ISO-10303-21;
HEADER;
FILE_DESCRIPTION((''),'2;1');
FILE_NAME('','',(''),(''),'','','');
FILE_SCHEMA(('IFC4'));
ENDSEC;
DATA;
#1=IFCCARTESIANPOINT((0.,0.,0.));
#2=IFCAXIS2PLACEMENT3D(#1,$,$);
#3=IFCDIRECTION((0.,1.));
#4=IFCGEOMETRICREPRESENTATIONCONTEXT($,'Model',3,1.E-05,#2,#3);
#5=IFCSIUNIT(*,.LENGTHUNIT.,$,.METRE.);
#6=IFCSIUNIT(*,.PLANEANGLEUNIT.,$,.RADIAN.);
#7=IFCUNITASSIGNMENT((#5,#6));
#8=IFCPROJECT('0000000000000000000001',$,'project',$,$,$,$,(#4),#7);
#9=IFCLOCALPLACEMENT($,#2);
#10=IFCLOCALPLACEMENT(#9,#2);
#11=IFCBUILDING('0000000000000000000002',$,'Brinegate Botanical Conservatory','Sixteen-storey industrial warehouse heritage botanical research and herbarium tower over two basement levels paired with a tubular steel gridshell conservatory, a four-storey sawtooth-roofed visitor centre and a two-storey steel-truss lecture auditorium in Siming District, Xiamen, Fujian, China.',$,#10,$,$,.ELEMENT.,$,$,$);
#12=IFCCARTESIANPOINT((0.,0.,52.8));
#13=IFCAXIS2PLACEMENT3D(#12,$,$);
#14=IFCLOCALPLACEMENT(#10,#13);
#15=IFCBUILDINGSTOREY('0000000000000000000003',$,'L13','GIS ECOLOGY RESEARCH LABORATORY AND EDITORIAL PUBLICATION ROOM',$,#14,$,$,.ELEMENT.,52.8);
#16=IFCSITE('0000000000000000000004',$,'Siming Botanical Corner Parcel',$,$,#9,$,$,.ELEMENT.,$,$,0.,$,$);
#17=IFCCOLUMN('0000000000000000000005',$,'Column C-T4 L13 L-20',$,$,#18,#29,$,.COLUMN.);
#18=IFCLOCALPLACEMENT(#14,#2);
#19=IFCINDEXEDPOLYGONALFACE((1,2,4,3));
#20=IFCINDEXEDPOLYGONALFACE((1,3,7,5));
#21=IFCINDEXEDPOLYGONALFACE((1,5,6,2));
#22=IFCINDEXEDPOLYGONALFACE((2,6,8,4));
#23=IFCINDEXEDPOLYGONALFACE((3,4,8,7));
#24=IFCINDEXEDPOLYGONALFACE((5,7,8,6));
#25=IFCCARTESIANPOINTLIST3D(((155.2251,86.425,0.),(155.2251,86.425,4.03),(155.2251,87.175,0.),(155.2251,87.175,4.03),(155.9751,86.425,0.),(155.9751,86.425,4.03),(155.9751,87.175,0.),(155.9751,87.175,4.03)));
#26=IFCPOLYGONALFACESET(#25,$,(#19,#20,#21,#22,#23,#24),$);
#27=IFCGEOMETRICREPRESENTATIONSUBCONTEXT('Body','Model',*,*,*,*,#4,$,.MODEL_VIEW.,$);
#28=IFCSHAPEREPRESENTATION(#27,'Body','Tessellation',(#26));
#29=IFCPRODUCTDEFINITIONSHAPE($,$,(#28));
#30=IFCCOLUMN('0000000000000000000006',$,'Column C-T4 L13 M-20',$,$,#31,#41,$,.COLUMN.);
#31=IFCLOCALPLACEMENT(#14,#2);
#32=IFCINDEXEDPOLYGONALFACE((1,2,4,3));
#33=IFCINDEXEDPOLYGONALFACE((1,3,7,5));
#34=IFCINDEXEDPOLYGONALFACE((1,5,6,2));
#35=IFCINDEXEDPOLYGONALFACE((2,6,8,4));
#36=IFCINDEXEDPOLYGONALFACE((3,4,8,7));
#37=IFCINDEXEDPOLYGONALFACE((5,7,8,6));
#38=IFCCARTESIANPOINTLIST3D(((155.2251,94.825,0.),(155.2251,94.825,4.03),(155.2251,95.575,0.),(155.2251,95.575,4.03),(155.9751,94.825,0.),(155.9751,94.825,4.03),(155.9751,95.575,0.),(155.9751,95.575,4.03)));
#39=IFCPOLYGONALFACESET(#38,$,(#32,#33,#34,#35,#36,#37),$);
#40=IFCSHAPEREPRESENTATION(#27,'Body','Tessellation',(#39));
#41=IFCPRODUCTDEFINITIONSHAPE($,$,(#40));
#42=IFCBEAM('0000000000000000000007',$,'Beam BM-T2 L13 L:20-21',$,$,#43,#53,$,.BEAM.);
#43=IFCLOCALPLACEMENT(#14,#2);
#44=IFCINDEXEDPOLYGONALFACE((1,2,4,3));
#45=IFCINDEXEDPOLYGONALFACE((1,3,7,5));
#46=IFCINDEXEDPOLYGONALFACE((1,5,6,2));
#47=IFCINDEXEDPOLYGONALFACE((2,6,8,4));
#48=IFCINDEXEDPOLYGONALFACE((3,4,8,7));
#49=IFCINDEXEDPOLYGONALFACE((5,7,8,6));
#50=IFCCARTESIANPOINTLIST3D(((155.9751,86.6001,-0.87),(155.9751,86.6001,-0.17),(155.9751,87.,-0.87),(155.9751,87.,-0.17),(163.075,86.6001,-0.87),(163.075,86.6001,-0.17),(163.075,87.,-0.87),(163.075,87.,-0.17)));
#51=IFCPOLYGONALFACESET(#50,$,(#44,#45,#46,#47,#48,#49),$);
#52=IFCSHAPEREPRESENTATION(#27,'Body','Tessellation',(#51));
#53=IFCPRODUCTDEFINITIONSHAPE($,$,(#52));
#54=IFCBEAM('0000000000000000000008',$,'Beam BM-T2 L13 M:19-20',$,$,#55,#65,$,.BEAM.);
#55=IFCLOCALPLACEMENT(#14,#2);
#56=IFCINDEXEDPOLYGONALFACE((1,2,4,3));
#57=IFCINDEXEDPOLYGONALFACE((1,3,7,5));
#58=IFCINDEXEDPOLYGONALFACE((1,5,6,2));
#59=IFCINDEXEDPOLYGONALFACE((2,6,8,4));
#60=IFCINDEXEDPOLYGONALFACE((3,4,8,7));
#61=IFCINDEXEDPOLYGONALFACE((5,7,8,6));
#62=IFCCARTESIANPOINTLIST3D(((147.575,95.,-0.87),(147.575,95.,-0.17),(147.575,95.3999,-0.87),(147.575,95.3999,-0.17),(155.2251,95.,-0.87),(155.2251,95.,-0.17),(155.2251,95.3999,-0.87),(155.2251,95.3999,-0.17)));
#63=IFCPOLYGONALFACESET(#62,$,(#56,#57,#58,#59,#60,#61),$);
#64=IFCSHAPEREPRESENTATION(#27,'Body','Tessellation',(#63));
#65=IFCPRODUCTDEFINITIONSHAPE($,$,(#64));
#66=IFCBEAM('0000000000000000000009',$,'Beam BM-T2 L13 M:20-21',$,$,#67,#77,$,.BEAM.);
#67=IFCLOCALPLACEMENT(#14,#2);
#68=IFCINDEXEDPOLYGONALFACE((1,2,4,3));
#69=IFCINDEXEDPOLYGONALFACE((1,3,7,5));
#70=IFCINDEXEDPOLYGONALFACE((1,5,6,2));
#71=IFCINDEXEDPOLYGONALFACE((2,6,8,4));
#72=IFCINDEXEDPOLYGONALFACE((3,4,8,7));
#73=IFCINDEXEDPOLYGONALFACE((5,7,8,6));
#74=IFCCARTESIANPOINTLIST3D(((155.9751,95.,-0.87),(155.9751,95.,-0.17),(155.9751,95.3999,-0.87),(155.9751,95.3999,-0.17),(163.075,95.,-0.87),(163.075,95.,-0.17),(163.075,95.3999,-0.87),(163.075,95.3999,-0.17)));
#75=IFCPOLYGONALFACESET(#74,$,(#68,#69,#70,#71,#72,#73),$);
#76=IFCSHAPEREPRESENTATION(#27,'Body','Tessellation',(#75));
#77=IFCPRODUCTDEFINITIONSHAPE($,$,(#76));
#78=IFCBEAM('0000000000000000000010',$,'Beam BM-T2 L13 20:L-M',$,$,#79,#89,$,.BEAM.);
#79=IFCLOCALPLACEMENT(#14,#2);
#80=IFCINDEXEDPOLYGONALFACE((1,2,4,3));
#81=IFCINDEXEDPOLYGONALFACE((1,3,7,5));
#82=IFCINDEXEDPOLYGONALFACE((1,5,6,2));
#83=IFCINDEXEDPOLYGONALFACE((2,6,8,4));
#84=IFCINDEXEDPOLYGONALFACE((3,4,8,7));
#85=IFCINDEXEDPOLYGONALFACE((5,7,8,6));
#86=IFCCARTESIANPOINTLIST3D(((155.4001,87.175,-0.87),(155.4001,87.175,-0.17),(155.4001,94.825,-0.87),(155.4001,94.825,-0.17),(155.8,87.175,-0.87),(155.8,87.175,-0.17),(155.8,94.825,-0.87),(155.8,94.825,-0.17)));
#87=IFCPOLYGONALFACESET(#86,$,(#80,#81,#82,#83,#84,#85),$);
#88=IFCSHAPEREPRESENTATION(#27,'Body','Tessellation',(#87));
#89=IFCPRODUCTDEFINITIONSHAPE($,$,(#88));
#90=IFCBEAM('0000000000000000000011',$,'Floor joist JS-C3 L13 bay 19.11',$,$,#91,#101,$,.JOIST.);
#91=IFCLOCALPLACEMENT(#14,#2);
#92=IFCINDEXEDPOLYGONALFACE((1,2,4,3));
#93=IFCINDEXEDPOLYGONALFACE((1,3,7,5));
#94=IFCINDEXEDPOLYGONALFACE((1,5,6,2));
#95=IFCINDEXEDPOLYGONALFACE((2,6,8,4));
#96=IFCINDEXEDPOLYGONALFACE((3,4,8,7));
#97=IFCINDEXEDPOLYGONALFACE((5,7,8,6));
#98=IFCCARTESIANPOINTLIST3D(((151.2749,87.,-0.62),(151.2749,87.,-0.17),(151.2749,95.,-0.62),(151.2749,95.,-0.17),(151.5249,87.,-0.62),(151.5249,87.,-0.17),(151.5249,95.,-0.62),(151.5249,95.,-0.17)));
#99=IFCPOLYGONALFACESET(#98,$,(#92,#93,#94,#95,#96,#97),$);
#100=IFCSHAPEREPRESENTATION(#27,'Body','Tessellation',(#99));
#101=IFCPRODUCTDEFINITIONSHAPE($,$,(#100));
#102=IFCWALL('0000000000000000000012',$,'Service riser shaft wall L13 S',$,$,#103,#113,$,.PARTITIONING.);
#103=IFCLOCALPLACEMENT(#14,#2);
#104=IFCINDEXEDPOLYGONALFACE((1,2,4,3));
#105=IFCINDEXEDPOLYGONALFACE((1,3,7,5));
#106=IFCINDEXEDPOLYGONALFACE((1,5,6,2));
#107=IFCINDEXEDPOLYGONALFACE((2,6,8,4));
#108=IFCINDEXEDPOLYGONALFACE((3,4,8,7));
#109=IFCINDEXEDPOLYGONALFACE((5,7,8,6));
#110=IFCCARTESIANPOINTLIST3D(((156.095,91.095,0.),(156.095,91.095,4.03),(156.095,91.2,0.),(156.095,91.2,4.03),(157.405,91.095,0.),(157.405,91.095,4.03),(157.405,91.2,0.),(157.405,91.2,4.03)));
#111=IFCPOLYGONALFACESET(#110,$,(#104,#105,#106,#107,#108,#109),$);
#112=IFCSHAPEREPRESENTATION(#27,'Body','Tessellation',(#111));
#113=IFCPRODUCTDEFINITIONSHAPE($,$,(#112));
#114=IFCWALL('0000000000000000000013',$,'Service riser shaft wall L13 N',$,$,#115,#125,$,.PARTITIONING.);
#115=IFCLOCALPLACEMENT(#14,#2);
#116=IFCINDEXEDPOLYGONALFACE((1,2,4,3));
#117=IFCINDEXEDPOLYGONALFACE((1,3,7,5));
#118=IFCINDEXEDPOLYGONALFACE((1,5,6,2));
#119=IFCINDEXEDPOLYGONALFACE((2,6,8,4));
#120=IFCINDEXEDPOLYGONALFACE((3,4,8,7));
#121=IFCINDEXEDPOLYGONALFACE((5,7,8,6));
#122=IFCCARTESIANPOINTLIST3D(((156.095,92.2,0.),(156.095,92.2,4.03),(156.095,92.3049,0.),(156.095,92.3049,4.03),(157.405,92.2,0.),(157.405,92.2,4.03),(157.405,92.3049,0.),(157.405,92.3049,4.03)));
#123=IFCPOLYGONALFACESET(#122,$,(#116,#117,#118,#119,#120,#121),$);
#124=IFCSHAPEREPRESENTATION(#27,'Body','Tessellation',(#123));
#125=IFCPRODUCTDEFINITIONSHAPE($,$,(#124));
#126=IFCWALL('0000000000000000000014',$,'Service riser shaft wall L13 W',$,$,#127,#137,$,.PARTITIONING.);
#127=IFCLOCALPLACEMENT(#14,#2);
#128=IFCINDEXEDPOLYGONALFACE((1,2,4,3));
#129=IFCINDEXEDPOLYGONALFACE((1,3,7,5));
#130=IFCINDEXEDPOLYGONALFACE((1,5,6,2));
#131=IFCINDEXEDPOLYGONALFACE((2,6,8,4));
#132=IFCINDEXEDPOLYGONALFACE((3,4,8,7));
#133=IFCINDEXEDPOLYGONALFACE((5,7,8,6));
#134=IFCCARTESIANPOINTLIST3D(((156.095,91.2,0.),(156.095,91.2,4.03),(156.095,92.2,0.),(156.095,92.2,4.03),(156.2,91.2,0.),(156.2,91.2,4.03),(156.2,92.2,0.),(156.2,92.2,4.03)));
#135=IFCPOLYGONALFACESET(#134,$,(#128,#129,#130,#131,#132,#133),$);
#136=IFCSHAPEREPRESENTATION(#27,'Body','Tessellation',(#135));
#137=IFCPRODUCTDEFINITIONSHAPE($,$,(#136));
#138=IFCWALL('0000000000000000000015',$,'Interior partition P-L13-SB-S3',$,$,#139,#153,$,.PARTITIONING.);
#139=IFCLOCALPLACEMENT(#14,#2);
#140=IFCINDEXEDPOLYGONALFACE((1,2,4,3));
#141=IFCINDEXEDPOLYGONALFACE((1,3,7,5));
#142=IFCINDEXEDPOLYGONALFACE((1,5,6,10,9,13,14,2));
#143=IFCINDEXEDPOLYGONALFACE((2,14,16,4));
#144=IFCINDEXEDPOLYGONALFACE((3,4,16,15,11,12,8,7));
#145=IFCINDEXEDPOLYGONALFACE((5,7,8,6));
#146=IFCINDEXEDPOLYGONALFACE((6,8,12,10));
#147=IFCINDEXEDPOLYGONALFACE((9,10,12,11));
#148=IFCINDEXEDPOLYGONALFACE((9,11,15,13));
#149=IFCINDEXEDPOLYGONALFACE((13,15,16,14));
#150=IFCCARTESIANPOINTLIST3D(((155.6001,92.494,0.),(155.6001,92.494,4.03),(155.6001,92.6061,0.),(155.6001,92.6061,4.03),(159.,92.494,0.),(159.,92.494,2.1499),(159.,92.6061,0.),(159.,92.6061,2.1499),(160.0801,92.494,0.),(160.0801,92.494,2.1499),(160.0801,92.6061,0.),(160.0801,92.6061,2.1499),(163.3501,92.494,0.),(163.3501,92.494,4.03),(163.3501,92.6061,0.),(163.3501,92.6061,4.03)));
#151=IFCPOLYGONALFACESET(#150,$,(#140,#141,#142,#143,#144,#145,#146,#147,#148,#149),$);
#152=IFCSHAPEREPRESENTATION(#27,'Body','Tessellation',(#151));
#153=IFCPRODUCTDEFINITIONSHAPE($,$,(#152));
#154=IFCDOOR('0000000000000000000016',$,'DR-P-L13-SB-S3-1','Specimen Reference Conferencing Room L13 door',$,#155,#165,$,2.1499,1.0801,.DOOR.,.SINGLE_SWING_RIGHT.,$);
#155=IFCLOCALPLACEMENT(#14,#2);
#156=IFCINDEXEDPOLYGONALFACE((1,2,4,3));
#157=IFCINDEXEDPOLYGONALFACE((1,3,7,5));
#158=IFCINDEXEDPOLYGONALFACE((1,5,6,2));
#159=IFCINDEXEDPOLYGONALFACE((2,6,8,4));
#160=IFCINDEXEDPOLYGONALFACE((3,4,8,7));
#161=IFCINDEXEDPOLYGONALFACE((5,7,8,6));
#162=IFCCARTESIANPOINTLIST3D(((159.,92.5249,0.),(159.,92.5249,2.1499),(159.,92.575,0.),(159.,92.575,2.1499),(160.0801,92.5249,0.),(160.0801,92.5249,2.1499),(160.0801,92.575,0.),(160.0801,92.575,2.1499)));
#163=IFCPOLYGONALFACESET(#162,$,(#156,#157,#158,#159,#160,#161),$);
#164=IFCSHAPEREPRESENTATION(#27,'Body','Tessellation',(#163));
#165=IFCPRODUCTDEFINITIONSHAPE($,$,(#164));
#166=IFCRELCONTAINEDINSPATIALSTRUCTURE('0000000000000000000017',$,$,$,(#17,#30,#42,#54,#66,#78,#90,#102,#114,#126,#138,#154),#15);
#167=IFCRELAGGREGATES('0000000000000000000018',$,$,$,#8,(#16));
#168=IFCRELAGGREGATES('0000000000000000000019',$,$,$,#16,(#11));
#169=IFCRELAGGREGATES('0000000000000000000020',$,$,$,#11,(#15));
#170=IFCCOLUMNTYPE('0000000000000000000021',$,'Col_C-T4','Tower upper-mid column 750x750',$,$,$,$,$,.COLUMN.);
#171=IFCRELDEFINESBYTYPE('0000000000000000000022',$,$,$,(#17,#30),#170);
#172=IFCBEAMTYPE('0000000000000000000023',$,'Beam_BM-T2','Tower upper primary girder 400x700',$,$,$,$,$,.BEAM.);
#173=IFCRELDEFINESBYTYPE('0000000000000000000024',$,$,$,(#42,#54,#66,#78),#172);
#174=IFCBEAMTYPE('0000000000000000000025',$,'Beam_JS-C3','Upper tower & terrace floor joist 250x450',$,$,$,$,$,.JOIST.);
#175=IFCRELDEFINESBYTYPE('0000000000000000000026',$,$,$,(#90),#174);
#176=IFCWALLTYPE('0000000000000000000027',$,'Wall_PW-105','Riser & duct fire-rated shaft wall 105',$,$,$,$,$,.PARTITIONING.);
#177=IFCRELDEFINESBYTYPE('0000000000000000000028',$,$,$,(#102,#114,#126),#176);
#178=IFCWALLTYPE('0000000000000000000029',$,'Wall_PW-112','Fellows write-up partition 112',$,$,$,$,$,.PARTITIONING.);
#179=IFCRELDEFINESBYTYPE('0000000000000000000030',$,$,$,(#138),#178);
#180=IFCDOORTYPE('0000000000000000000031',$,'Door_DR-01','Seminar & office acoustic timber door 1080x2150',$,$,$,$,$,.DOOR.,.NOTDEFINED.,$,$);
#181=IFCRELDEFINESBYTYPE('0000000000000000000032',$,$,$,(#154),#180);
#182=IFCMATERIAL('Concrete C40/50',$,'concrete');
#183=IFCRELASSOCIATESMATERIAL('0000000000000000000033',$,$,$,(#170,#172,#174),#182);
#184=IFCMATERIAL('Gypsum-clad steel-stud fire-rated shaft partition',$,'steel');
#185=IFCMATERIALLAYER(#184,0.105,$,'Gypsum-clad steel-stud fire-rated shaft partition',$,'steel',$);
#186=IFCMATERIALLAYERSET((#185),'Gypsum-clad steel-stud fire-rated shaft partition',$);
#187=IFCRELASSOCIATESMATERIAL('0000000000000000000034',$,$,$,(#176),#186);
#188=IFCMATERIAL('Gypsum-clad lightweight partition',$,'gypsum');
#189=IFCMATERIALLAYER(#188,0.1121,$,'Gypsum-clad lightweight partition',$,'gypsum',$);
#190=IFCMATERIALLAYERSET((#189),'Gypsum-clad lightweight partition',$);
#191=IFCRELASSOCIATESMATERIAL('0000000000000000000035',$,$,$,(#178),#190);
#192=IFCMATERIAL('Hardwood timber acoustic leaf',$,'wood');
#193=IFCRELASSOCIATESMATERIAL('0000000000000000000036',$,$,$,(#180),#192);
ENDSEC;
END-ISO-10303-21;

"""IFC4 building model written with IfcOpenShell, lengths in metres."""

from ifc_helpers import new_model, si_unit, direction, frame, frame_2d, origin, origin_2d, place, context, subcontext, project, spatial, rectangle, extrude, material, layer, layer_set, material_profile, profile_set, type_object, element, fill, save


model = new_model("IFC4")

# Units and contexts
model_context = context("Model", 3, precision=1e-05, world=origin(), true_north=direction((0.0, 1.0)))
body_context = subcontext(model_context, "Body", "Model", "MODEL_VIEW")
ifc_project = project(units=[si_unit("LENGTHUNIT", "METRE"), si_unit("PLANEANGLEUNIT", "RADIAN")], contexts=[model_context])

# Site, building, storey
site_placement = place(None, origin())
site = spatial("IfcSite", under=ifc_project, at=site_placement, Name="Siming Botanical Corner Parcel", CompositionType="ELEMENT", RefElevation=0.0)
building_placement = place(site_placement, origin())
building = spatial("IfcBuilding", under=site, at=building_placement, Name="Brinegate Botanical Conservatory", Description="Sixteen-storey industrial warehouse heritage botanical research and herbarium tower over two basement levels paired with a tubular steel gridshell conservatory, a four-storey sawtooth-roofed visitor centre and a two-storey steel-truss lecture auditorium in Siming District, Xiamen, Fujian, China.", CompositionType="ELEMENT")
storey_placement = place(building_placement, frame((0.0, 0.0, 52.8)))
storey = spatial("IfcBuildingStorey", under=building, at=storey_placement, Name="L13", Description="GIS ECOLOGY RESEARCH LABORATORY AND EDITORIAL PUBLICATION ROOM", CompositionType="ELEMENT", Elevation=52.8)

# Columns
ifc_material_1 = material(Name="Concrete C40/50", Category="concrete")
ifc_material_profile_1 = material_profile(ifc_material_1, rectangle(XDim=0.75, YDim=0.75, at=origin_2d()), Name="RC COL 750x750")
ifc_profile_set_1 = profile_set([ifc_material_profile_1], Name="Concrete C40/50")
column_type = type_object("IfcColumnType", Name="Col_C-T4", Description="Tower upper-mid column 750x750", PredefinedType="COLUMN", material=ifc_profile_set_1)
for number, where, z_axis, x_axis, name in (
    (1, (155.6001, 86.8, 0.0), (0.0, 0.0, 1.0), (1.0, 0.0, 0.0), "Column C-T4 L13 L-20"),
    (2, (155.6001, 95.2, 0.0), (0.0, 0.0, 1.0), (1.0, 0.0, 0.0), "Column C-T4 L13 M-20"),
):
    element("IfcColumn", number, at=place(storey_placement, frame(where, z_axis=z_axis, x_axis=x_axis)), inside=storey, type_object=column_type, Name=name, PredefinedType="COLUMN", context=body_context, shape_type="SweptSolid", body=[
        extrude(rectangle(XDim=0.75, YDim=0.75, at=origin_2d()), origin(), (0.0, 0.0, 1.0), 4.03),
    ])

# Beams
ifc_material_profile_2 = material_profile(ifc_material_1, rectangle(XDim=0.3999, YDim=0.7, at=origin_2d()), Name="RC BM 400x700")
ifc_profile_set_2 = profile_set([ifc_material_profile_2], Name="Concrete C40/50")
beam_type_1 = type_object("IfcBeamType", Name="Beam_BM-T2", Description="Tower upper primary girder 400x700", PredefinedType="BEAM", material=ifc_profile_set_2)
beam_1_placement = place(storey_placement, frame((155.9751, 86.8, -0.52), z_axis=(1.0, 0.0, 0.0), x_axis=(0.0, 1.0, 0.0)))
element("IfcBeam", 3, at=beam_1_placement, inside=storey, type_object=beam_type_1, Name="Beam BM-T2 L13 L:20-21", PredefinedType="BEAM", context=body_context, shape_type="SweptSolid", body=[
    extrude(rectangle(XDim=0.3999, YDim=0.7, at=origin_2d()), origin(), (0.0, 0.0, 1.0), 7.0999),
])
beam_2_placement = place(storey_placement, frame((147.575, 95.2, -0.52), z_axis=(1.0, 0.0, 0.0), x_axis=(0.0, 1.0, 0.0)))
element("IfcBeam", 4, at=beam_2_placement, inside=storey, type_object=beam_type_1, Name="Beam BM-T2 L13 M:19-20", PredefinedType="BEAM", context=body_context, shape_type="SweptSolid", body=[
    extrude(rectangle(XDim=0.3999, YDim=0.7, at=origin_2d()), origin(), (0.0, 0.0, 1.0), 7.6501),
])
beam_3_placement = place(storey_placement, frame((155.9751, 95.2, -0.52), z_axis=(1.0, 0.0, 0.0), x_axis=(0.0, 1.0, 0.0)))
element("IfcBeam", 5, at=beam_3_placement, inside=storey, type_object=beam_type_1, Name="Beam BM-T2 L13 M:20-21", PredefinedType="BEAM", context=body_context, shape_type="SweptSolid", body=[
    extrude(rectangle(XDim=0.3999, YDim=0.7, at=origin_2d()), origin(), (0.0, 0.0, 1.0), 7.0999),
])
beam_4_placement = place(storey_placement, frame((155.6001, 87.175, -0.52), z_axis=(0.0, 1.0, 0.0), x_axis=(-1.0, 0.0, 0.0)))
element("IfcBeam", 6, at=beam_4_placement, inside=storey, type_object=beam_type_1, Name="Beam BM-T2 L13 20:L-M", PredefinedType="BEAM", context=body_context, shape_type="SweptSolid", body=[
    extrude(rectangle(XDim=0.3999, YDim=0.7, at=origin_2d()), origin(), (0.0, 0.0, 1.0), 7.6499),
])
ifc_material_profile_3 = material_profile(ifc_material_1, rectangle(XDim=0.25, YDim=0.45, at=origin_2d()), Name="RC JST 250x450")
ifc_profile_set_3 = profile_set([ifc_material_profile_3], Name="Concrete C40/50")
beam_type_2 = type_object("IfcBeamType", Name="Beam_JS-C3", Description="Upper tower & terrace floor joist 250x450", PredefinedType="JOIST", material=ifc_profile_set_3)
beam_5_placement = place(storey_placement, frame((151.3999, 87.0, -0.395), z_axis=(0.0, 1.0, 0.0), x_axis=(-1.0, 0.0, 0.0)))
element("IfcBeam", 7, at=beam_5_placement, inside=storey, type_object=beam_type_2, Name="Floor joist JS-C3 L13 bay 19.11", PredefinedType="JOIST", context=body_context, shape_type="SweptSolid", body=[
    extrude(rectangle(XDim=0.25, YDim=0.45, at=origin_2d()), origin(), (0.0, 0.0, 1.0), 8.0),
])

# Walls
ifc_material_2 = material(Name="Gypsum-clad steel-stud fire-rated shaft partition", Category="steel")
ifc_layer_1 = layer(ifc_material_2, 0.105, Name="Gypsum-clad steel-stud fire-rated shaft partition", Category="steel")
ifc_layer_set_1 = layer_set([ifc_layer_1], Name="Gypsum-clad steel-stud fire-rated shaft partition")
wall_type_1 = type_object("IfcWallType", Name="Wall_PW-105", Description="Riser & duct fire-rated shaft wall 105", PredefinedType="PARTITIONING", material=ifc_layer_set_1)
for number, where, z_axis, x_axis, name in (
    (8, (156.095, 91.1475, 0.0), (0.0, 0.0, 1.0), (1.0, 0.0, 0.0), "Service riser shaft wall L13 S"),
    (9, (156.095, 92.2524, 0.0), (0.0, 0.0, 1.0), (1.0, 0.0, 0.0), "Service riser shaft wall L13 N"),
):
    element("IfcWall", number, at=place(storey_placement, frame(where, z_axis=z_axis, x_axis=x_axis)), inside=storey, type_object=wall_type_1, Name=name, PredefinedType="PARTITIONING", context=body_context, shape_type="SweptSolid", body=[
        extrude(rectangle(XDim=1.3101, YDim=0.105, at=frame_2d((0.655, 0.0))), origin(), (0.0, 0.0, 1.0), 4.03),
    ])
wall_1_placement = place(storey_placement, frame((156.1475, 91.2, 0.0), z_axis=(0.0, 0.0, 1.0), x_axis=(0.0, 1.0, 0.0)))
element("IfcWall", 10, at=wall_1_placement, inside=storey, type_object=wall_type_1, Name="Service riser shaft wall L13 W", PredefinedType="PARTITIONING", context=body_context, shape_type="SweptSolid", body=[
    extrude(rectangle(XDim=1.0, YDim=0.105, at=frame_2d((0.5, 0.0))), origin(), (0.0, 0.0, 1.0), 4.03),
])

# Wall, opening, door
ifc_material_3 = material(Name="Gypsum-clad lightweight partition", Category="gypsum")
ifc_layer_2 = layer(ifc_material_3, 0.1121, Name="Gypsum-clad lightweight partition", Category="gypsum")
ifc_layer_set_2 = layer_set([ifc_layer_2], Name="Gypsum-clad lightweight partition")
wall_type_2 = type_object("IfcWallType", Name="Wall_PW-112", Description="Fellows write-up partition 112", PredefinedType="PARTITIONING", material=ifc_layer_set_2)
wall_2_placement = place(storey_placement, frame((155.6001, 92.55, 0.0), z_axis=(0.0, 0.0, 1.0), x_axis=(1.0, 0.0, 0.0)))
wall_2 = element("IfcWall", 11, at=wall_2_placement, inside=storey, type_object=wall_type_2, Name="Interior partition P-L13-SB-S3", PredefinedType="PARTITIONING", context=body_context, shape_type="SweptSolid", body=[
    extrude(rectangle(XDim=7.75, YDim=0.1121, at=frame_2d((3.875, 0.0))), origin(), (0.0, 0.0, 1.0), 4.03),
])
opening_1_placement = place(wall_2_placement, frame((3.3999, 0.0, 0.0)))
opening_1 = element("IfcOpeningElement", 12, at=opening_1_placement, cuts=wall_2, PredefinedType="OPENING", context=body_context, shape_type="SweptSolid", body=[
    extrude(rectangle(XDim=1.0801, YDim=2.1499, at=frame_2d((0.54, 1.075))), frame((0.0, 0.0659, 0.0), z_axis=(0.0, -1.0, 0.0), x_axis=(1.0, 0.0, 0.0)), (0.0, 0.0, 1.0), 0.1321),
])
ifc_material_4 = material(Name="Hardwood timber acoustic leaf", Category="wood")
door_type_1 = type_object("IfcDoorType", Name="Door_DR-01", Description="Seminar & office acoustic timber door 1080x2150", OperationType="NOTDEFINED", PredefinedType="DOOR", material=ifc_material_4)
door_1_placement = place(opening_1_placement, origin())
door_1 = element("IfcDoor", 13, at=door_1_placement, inside=storey, type_object=door_type_1, Name="DR-P-L13-SB-S3-1", Description="Specimen Reference Conferencing Room L13 door", OperationType="SINGLE_SWING_RIGHT", OverallHeight=2.1499, OverallWidth=1.0801, PredefinedType="DOOR", context=body_context, shape_type="SweptSolid", body=[
    extrude(rectangle(XDim=1.0801, YDim=2.1499, at=frame_2d((0.54, 1.075))), frame((0.0, 0.0249, 0.0), z_axis=(0.0, -1.0, 0.0), x_axis=(1.0, 0.0, 0.0)), (0.0, 0.0, 1.0), 0.05),
])
fill(opening_1, door_1)

save(model, "model.ifc")
